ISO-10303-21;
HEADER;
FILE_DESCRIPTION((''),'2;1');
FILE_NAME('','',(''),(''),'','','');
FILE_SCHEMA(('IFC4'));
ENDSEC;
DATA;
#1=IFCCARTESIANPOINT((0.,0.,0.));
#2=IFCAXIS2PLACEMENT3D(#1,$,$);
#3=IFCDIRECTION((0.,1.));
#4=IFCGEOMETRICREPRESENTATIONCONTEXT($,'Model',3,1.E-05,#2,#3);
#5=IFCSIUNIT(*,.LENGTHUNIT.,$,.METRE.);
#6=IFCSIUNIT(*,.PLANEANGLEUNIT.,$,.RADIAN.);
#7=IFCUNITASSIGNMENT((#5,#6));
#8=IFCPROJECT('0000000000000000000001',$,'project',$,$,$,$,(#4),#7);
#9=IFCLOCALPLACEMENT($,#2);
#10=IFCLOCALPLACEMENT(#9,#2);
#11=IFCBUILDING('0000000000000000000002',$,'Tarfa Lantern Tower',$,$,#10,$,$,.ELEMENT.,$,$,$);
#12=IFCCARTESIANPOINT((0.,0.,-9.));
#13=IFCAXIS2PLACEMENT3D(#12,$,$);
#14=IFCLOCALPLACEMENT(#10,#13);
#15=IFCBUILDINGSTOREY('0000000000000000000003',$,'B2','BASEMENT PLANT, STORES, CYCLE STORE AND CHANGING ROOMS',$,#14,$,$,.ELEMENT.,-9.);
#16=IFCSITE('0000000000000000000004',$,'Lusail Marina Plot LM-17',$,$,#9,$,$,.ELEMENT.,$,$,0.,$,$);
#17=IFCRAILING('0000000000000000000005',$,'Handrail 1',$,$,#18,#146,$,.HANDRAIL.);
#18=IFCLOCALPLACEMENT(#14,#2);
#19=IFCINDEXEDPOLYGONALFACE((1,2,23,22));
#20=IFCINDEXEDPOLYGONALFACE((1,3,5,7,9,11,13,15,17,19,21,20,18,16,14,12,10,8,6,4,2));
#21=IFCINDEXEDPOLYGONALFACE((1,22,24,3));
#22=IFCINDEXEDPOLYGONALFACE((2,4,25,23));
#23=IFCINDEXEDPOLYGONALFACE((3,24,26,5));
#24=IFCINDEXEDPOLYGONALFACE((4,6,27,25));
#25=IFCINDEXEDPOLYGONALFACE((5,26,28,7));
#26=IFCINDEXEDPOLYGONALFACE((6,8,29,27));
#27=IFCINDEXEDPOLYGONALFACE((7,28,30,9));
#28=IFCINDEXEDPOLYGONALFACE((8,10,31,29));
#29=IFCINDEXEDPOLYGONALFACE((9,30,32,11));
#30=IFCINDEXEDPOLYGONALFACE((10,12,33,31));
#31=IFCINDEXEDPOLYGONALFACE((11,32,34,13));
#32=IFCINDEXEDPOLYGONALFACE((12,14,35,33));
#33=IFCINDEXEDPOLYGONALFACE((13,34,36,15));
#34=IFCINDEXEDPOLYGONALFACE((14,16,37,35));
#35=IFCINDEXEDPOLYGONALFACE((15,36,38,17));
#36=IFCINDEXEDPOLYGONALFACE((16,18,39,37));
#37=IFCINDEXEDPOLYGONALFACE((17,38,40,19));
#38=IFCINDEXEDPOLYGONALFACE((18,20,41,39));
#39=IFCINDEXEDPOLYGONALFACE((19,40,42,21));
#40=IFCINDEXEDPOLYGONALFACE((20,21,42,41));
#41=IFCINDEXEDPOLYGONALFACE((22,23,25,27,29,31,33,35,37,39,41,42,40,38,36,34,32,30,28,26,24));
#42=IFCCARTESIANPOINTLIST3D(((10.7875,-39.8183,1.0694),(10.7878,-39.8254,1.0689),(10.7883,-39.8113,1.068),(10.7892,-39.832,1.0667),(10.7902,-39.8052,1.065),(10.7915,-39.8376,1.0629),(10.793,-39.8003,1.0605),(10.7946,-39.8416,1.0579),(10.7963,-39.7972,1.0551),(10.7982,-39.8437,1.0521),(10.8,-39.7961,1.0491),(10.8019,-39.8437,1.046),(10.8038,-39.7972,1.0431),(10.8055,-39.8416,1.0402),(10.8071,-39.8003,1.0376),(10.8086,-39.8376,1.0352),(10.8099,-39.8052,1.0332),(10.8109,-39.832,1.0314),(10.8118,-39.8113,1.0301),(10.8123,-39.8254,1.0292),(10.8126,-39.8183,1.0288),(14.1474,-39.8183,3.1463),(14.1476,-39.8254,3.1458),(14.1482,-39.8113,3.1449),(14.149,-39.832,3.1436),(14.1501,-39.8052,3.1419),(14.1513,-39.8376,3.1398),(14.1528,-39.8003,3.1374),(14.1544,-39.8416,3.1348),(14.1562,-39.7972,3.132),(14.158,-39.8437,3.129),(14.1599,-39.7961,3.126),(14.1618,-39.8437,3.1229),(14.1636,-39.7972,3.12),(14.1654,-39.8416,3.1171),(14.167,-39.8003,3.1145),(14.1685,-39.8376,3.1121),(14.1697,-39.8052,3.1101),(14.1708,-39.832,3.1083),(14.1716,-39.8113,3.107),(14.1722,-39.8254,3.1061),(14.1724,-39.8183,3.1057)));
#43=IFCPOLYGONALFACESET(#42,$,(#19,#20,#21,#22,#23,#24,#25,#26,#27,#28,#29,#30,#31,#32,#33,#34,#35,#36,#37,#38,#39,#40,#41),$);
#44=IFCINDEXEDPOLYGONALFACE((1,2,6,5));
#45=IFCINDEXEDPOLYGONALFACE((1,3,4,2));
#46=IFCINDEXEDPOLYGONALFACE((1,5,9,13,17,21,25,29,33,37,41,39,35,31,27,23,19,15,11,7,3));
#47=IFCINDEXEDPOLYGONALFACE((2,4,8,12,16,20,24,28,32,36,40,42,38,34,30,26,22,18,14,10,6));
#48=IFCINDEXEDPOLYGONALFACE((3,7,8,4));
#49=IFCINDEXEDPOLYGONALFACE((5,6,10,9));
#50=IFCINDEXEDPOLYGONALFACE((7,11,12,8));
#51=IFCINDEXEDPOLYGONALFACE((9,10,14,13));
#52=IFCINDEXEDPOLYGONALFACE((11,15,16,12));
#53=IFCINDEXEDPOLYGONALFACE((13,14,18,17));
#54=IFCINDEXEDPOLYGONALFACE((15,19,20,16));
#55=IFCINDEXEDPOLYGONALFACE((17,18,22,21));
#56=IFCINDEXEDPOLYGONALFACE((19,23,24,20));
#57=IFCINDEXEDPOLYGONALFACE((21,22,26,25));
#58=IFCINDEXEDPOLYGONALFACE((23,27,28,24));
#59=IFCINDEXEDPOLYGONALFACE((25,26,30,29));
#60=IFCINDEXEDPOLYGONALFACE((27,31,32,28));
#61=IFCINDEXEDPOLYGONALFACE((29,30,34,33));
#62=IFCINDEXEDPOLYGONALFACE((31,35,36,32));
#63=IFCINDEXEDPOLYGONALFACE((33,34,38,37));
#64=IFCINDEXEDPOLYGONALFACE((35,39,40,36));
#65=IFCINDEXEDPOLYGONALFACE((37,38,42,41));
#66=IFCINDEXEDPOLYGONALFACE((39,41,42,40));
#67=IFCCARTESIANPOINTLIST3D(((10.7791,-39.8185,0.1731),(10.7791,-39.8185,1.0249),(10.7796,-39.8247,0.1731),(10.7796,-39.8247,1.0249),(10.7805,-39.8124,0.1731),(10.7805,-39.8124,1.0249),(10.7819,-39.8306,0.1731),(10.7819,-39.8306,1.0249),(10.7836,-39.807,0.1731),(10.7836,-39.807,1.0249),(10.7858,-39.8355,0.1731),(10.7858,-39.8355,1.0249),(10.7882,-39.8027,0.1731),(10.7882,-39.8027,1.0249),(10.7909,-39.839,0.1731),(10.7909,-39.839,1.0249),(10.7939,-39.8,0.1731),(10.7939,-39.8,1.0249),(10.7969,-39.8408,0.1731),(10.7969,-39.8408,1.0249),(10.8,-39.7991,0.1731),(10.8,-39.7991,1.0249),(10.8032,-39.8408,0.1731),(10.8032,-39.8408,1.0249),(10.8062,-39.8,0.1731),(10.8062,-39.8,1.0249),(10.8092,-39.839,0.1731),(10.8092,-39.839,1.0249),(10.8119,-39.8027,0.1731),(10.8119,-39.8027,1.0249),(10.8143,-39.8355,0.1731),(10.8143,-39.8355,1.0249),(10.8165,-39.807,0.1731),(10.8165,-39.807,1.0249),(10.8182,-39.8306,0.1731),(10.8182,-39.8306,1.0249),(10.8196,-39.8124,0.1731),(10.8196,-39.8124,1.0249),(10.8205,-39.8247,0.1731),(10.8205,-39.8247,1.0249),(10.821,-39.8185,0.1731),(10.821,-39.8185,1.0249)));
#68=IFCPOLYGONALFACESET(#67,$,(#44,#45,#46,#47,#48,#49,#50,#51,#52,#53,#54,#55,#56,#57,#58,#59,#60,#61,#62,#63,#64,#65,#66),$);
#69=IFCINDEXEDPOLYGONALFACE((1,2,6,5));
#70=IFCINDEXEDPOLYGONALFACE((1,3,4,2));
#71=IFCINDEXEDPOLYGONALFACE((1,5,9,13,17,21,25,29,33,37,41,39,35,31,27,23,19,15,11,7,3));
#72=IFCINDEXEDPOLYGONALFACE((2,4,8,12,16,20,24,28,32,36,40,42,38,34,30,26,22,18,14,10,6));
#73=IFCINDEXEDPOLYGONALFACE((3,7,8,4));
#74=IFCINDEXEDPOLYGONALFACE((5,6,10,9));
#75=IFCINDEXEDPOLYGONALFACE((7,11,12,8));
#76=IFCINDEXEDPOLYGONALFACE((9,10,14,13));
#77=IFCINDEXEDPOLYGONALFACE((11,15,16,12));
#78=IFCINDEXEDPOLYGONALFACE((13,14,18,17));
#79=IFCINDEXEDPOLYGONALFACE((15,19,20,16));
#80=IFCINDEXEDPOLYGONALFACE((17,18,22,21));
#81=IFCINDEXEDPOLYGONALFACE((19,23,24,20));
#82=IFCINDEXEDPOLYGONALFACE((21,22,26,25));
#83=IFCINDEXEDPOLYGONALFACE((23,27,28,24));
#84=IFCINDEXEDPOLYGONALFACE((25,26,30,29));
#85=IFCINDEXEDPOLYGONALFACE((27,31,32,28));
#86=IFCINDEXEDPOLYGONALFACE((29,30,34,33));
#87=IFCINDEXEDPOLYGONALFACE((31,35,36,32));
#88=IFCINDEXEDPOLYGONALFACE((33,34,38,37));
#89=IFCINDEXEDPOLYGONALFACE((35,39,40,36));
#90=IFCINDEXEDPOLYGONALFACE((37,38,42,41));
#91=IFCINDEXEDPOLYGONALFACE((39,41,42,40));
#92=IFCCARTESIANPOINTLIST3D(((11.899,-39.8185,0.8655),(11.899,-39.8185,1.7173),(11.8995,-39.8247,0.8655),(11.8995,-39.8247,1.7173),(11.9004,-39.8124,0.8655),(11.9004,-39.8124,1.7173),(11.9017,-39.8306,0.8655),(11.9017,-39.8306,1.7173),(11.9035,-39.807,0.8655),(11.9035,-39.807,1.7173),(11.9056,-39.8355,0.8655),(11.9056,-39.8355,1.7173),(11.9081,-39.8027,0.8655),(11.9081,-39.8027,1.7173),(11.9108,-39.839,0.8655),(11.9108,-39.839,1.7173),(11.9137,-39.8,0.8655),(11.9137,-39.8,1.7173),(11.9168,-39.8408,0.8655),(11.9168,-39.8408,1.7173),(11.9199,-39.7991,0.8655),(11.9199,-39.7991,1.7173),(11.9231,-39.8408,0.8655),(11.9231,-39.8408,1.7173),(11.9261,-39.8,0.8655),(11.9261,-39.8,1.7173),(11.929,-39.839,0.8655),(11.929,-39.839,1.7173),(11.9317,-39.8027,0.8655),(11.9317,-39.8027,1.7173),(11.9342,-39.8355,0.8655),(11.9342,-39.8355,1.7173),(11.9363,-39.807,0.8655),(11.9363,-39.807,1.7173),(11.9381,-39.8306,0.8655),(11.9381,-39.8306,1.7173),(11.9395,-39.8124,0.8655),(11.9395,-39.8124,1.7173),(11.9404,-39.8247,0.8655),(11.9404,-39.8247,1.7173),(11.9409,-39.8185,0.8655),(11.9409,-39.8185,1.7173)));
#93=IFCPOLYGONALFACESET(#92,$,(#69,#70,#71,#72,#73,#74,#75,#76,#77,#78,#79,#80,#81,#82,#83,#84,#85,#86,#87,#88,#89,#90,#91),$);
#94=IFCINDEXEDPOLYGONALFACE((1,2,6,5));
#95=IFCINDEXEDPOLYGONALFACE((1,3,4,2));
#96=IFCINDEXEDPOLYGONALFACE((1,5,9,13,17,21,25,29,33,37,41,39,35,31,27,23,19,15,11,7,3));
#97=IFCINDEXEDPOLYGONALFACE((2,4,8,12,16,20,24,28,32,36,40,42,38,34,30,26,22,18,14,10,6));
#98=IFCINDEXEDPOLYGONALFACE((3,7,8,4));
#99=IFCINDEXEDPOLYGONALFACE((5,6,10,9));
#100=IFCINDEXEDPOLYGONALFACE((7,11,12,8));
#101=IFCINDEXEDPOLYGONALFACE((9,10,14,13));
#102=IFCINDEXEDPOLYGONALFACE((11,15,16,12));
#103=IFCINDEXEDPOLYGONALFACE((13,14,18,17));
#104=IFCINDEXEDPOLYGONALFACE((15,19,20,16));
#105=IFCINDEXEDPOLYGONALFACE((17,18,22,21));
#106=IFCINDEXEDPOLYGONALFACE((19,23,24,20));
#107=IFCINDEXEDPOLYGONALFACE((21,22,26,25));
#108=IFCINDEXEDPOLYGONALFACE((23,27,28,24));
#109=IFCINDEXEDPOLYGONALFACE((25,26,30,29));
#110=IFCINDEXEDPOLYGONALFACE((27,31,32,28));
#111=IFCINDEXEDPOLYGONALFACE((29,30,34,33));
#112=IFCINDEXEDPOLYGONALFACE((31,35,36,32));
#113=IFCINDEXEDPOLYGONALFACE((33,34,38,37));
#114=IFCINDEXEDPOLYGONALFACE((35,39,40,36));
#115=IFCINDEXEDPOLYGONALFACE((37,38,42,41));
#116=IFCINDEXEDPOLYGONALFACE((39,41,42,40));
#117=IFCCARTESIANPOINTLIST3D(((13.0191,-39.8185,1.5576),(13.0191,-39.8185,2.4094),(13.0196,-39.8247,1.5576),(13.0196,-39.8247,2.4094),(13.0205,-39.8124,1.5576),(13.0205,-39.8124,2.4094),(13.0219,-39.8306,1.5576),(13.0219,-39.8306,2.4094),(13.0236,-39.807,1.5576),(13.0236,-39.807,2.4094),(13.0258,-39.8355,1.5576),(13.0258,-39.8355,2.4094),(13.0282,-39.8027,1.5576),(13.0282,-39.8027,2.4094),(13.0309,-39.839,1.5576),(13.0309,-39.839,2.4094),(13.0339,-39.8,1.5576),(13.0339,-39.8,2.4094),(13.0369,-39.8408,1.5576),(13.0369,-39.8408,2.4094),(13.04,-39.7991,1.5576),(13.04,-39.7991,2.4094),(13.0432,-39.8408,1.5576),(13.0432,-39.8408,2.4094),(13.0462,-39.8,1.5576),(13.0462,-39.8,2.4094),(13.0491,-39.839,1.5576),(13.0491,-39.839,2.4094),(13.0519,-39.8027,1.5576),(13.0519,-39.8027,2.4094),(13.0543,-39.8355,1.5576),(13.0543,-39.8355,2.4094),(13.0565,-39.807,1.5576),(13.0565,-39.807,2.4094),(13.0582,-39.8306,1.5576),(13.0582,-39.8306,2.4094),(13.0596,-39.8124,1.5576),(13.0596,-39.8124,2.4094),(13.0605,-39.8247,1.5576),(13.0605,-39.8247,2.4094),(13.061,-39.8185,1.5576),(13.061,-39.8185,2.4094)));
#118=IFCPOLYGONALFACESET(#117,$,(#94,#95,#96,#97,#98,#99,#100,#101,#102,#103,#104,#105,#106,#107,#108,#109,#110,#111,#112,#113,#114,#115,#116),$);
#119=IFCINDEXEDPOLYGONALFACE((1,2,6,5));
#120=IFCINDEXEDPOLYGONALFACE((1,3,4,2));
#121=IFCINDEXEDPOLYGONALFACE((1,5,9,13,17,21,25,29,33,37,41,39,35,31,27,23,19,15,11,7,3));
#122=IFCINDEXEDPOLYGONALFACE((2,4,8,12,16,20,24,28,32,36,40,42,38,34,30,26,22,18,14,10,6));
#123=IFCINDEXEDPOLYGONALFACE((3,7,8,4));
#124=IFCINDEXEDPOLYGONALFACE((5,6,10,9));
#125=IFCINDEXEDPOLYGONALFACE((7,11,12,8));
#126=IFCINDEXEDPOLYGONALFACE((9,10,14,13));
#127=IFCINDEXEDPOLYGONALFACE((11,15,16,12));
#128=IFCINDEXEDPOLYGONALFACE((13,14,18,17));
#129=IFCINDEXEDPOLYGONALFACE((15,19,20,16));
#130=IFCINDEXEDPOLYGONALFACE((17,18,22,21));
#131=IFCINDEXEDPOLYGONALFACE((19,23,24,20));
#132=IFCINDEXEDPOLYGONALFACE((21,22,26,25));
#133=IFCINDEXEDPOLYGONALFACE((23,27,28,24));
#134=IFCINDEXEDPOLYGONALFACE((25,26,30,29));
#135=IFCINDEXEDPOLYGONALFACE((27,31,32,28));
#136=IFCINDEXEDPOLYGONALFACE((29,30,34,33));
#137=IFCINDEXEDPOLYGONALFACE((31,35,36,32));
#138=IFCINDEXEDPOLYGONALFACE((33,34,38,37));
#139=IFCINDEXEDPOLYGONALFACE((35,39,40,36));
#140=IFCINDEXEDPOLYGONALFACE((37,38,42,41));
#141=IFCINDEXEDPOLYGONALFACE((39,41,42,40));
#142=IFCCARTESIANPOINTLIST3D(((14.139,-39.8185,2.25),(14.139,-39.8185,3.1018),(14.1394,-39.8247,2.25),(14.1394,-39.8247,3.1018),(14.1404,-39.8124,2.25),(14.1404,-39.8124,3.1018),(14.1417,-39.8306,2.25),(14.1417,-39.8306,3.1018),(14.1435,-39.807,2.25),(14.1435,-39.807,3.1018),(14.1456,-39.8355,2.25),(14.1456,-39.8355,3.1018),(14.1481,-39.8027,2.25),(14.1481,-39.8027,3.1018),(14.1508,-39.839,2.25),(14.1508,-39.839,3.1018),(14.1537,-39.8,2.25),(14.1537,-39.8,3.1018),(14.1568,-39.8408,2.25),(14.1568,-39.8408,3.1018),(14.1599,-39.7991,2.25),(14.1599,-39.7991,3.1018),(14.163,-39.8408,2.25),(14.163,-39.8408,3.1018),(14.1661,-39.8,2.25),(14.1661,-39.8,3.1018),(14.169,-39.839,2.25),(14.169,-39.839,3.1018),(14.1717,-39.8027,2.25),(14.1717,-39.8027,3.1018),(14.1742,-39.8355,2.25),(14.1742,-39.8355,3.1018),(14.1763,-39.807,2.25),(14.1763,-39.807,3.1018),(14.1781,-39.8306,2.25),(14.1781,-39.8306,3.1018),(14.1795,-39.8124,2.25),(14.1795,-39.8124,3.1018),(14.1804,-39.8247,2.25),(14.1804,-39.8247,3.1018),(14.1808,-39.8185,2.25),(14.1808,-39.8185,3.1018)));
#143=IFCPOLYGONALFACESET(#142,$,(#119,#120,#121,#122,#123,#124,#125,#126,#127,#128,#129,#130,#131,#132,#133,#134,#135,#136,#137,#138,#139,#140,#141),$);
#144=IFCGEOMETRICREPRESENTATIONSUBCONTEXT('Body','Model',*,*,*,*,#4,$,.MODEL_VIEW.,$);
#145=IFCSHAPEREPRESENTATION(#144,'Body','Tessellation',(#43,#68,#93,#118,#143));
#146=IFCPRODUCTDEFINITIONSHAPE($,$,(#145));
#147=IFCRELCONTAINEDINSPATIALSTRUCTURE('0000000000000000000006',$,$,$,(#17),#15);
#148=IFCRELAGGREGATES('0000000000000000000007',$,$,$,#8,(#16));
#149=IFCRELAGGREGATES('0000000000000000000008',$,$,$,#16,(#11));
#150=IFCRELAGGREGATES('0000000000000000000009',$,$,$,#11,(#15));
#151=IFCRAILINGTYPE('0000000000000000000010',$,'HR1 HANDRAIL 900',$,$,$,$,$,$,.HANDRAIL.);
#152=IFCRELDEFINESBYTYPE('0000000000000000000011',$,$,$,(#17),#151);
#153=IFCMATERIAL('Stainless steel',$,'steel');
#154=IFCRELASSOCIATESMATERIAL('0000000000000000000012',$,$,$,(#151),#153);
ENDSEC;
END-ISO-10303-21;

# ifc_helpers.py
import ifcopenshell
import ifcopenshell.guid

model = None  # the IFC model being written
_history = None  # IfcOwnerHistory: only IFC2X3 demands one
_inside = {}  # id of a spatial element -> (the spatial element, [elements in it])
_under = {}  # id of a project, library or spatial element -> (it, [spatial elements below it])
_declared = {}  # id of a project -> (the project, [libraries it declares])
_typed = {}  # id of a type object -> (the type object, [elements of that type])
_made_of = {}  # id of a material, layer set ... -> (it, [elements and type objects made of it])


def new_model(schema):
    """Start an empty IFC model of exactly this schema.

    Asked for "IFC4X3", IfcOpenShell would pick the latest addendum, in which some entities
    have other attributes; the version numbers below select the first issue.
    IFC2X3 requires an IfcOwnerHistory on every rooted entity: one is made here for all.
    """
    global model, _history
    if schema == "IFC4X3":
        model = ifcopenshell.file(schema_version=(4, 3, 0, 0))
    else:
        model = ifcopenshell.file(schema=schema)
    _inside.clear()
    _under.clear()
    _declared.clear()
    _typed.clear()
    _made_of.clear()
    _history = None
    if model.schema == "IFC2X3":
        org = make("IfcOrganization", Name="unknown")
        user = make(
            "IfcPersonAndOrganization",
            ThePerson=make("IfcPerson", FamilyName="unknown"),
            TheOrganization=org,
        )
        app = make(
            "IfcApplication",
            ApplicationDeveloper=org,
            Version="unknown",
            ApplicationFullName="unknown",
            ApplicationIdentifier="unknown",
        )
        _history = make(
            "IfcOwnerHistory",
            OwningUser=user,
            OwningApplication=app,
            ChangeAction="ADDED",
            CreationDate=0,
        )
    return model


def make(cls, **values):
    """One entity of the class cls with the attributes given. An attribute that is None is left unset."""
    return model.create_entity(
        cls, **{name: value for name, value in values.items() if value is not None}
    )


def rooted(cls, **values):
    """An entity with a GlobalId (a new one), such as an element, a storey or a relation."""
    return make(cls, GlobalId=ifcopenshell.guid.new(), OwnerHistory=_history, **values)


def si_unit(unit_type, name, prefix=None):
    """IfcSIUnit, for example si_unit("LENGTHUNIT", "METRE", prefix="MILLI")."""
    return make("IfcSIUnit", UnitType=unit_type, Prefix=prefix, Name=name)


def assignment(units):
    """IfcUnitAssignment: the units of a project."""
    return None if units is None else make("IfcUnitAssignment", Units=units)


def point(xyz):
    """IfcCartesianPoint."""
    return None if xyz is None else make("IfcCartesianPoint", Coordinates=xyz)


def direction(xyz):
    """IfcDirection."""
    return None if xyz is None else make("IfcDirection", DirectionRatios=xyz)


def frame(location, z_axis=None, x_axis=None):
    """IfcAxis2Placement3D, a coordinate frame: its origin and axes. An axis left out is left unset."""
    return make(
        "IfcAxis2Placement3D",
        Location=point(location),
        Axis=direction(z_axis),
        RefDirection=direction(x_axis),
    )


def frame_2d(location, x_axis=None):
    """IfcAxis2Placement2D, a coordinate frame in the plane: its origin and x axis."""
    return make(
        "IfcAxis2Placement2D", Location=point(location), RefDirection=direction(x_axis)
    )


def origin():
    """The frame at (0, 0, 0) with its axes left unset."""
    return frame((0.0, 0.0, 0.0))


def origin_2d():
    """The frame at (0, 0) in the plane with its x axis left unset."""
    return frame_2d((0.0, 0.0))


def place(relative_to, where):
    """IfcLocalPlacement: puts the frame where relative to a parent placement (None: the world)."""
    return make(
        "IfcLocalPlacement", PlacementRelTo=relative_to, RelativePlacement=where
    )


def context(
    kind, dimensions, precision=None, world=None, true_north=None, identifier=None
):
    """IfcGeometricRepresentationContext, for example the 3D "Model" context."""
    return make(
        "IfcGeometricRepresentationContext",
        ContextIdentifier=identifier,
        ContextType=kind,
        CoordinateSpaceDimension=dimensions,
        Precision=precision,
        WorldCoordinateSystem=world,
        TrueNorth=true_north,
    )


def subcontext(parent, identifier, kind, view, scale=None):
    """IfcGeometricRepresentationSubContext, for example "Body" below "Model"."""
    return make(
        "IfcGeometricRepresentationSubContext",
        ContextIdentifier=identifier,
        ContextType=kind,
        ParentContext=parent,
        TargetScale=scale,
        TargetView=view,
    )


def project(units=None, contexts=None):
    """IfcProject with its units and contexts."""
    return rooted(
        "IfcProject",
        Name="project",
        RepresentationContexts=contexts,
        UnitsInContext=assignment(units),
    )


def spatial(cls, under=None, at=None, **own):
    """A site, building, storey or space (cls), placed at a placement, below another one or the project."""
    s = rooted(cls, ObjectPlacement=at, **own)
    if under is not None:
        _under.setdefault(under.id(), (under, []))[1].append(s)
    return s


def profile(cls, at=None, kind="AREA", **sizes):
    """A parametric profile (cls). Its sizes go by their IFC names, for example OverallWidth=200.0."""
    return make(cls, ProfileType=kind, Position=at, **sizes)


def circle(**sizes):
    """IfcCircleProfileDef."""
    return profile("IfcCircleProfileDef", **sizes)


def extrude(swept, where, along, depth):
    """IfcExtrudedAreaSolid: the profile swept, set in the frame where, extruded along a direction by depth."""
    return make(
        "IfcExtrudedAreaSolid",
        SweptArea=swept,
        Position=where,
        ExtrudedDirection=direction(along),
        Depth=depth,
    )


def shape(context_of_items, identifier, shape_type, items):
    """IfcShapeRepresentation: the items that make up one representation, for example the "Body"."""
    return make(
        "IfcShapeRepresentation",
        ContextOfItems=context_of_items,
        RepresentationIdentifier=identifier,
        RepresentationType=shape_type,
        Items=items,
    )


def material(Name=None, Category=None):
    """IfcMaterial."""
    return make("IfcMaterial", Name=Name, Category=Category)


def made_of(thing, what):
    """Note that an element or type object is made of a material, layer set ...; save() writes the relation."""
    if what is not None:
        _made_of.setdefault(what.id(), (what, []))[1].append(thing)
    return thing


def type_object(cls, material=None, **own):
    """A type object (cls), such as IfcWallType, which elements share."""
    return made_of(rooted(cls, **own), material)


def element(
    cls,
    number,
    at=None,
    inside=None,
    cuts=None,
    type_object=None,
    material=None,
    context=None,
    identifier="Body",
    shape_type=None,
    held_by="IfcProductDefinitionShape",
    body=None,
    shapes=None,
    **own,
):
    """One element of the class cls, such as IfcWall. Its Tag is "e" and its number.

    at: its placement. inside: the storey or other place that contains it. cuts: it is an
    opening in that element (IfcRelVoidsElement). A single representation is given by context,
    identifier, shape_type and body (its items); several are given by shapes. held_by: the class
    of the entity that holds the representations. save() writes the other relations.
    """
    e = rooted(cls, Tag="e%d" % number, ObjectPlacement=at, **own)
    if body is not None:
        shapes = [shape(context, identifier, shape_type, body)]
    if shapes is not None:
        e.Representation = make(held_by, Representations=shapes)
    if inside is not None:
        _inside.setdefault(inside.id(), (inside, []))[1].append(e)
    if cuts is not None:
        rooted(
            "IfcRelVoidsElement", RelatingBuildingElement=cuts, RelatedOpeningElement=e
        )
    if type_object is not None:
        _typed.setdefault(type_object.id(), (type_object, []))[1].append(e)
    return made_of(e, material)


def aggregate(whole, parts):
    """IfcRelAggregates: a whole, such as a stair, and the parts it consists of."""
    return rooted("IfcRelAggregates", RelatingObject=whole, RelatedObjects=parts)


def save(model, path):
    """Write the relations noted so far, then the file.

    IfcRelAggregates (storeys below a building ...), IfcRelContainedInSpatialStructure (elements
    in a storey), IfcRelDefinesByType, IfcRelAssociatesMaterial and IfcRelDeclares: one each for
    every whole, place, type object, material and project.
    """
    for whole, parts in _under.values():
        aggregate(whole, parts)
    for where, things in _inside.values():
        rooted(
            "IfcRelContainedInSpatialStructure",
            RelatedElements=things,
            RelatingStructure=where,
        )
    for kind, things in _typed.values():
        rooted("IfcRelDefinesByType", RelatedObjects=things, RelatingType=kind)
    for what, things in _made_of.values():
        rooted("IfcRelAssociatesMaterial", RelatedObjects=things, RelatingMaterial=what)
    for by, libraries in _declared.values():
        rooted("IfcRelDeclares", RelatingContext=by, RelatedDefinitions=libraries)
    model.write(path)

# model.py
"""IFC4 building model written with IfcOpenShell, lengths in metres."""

from ifc_helpers import new_model, si_unit, direction, frame, origin, origin_2d, place, context, subcontext, project, spatial, circle, extrude, material, type_object, element, save


model = new_model("IFC4")

# Units and contexts
model_context = context("Model", 3, precision=1e-05, world=origin(), true_north=direction((0.0, 1.0)))
body_context = subcontext(model_context, "Body", "Model", "MODEL_VIEW")
ifc_project = project(units=[si_unit("LENGTHUNIT", "METRE"), si_unit("PLANEANGLEUNIT", "RADIAN")], contexts=[model_context])

# Site, building, storey
site_placement = place(None, origin())
site = spatial("IfcSite", under=ifc_project, at=site_placement, Name="Lusail Marina Plot LM-17", CompositionType="ELEMENT", RefElevation=0.0)
building_placement = place(site_placement, origin())
building = spatial("IfcBuilding", under=site, at=building_placement, Name="Tarfa Lantern Tower", CompositionType="ELEMENT")
storey_placement = place(building_placement, frame((0.0, 0.0, -9.0)))
storey = spatial("IfcBuildingStorey", under=building, at=storey_placement, Name="B2", Description="BASEMENT PLANT, STORES, CYCLE STORE AND CHANGING ROOMS", CompositionType="ELEMENT", Elevation=-9.0)

# Railing
ifc_material_1 = material(Name="Stainless steel", Category="steel")
railing_type = type_object("IfcRailingType", Name="HR1 HANDRAIL 900", PredefinedType="HANDRAIL", material=ifc_material_1)
railing_1_placement = place(storey_placement, frame((10.8, -39.8201, 0.1731)))
element("IfcRailing", 1, at=railing_1_placement, inside=storey, type_object=railing_type, Name="Handrail 1", PredefinedType="HANDRAIL", context=body_context, shape_type="SweptSolid", body=[
    extrude(circle(Radius=0.0239, at=origin_2d()), frame((0.0, 0.0, 0.876), z_axis=(0.850606, 0.0, 0.525803), x_axis=(0.0, 1.0, 0.0)), (0.0, 0.0, 1.0), 3.95),
    extrude(circle(Radius=0.021, at=origin_2d()), frame((0.0, 0.0, 0.0), z_axis=(0.0, 0.0, 1.0), x_axis=(0.0, 1.0, 0.0)), (0.0, 0.0, 1.0), 0.8518),
    extrude(circle(Radius=0.021, at=origin_2d()), frame((1.1199, 0.0, 0.6924), z_axis=(0.0, 0.0, 1.0), x_axis=(0.0, 1.0, 0.0)), (0.0, 0.0, 1.0), 0.8518),
    extrude(circle(Radius=0.021, at=origin_2d()), frame((2.24, 0.0, 1.3845), z_axis=(0.0, 0.0, 1.0), x_axis=(0.0, 1.0, 0.0)), (0.0, 0.0, 1.0), 0.8518),
    extrude(circle(Radius=0.021, at=origin_2d()), frame((3.3599, 0.0, 2.0769), z_axis=(0.0, 0.0, 1.0), x_axis=(0.0, 1.0, 0.0)), (0.0, 0.0, 1.0), 0.8518),
])

save(model, "model.ifc")
